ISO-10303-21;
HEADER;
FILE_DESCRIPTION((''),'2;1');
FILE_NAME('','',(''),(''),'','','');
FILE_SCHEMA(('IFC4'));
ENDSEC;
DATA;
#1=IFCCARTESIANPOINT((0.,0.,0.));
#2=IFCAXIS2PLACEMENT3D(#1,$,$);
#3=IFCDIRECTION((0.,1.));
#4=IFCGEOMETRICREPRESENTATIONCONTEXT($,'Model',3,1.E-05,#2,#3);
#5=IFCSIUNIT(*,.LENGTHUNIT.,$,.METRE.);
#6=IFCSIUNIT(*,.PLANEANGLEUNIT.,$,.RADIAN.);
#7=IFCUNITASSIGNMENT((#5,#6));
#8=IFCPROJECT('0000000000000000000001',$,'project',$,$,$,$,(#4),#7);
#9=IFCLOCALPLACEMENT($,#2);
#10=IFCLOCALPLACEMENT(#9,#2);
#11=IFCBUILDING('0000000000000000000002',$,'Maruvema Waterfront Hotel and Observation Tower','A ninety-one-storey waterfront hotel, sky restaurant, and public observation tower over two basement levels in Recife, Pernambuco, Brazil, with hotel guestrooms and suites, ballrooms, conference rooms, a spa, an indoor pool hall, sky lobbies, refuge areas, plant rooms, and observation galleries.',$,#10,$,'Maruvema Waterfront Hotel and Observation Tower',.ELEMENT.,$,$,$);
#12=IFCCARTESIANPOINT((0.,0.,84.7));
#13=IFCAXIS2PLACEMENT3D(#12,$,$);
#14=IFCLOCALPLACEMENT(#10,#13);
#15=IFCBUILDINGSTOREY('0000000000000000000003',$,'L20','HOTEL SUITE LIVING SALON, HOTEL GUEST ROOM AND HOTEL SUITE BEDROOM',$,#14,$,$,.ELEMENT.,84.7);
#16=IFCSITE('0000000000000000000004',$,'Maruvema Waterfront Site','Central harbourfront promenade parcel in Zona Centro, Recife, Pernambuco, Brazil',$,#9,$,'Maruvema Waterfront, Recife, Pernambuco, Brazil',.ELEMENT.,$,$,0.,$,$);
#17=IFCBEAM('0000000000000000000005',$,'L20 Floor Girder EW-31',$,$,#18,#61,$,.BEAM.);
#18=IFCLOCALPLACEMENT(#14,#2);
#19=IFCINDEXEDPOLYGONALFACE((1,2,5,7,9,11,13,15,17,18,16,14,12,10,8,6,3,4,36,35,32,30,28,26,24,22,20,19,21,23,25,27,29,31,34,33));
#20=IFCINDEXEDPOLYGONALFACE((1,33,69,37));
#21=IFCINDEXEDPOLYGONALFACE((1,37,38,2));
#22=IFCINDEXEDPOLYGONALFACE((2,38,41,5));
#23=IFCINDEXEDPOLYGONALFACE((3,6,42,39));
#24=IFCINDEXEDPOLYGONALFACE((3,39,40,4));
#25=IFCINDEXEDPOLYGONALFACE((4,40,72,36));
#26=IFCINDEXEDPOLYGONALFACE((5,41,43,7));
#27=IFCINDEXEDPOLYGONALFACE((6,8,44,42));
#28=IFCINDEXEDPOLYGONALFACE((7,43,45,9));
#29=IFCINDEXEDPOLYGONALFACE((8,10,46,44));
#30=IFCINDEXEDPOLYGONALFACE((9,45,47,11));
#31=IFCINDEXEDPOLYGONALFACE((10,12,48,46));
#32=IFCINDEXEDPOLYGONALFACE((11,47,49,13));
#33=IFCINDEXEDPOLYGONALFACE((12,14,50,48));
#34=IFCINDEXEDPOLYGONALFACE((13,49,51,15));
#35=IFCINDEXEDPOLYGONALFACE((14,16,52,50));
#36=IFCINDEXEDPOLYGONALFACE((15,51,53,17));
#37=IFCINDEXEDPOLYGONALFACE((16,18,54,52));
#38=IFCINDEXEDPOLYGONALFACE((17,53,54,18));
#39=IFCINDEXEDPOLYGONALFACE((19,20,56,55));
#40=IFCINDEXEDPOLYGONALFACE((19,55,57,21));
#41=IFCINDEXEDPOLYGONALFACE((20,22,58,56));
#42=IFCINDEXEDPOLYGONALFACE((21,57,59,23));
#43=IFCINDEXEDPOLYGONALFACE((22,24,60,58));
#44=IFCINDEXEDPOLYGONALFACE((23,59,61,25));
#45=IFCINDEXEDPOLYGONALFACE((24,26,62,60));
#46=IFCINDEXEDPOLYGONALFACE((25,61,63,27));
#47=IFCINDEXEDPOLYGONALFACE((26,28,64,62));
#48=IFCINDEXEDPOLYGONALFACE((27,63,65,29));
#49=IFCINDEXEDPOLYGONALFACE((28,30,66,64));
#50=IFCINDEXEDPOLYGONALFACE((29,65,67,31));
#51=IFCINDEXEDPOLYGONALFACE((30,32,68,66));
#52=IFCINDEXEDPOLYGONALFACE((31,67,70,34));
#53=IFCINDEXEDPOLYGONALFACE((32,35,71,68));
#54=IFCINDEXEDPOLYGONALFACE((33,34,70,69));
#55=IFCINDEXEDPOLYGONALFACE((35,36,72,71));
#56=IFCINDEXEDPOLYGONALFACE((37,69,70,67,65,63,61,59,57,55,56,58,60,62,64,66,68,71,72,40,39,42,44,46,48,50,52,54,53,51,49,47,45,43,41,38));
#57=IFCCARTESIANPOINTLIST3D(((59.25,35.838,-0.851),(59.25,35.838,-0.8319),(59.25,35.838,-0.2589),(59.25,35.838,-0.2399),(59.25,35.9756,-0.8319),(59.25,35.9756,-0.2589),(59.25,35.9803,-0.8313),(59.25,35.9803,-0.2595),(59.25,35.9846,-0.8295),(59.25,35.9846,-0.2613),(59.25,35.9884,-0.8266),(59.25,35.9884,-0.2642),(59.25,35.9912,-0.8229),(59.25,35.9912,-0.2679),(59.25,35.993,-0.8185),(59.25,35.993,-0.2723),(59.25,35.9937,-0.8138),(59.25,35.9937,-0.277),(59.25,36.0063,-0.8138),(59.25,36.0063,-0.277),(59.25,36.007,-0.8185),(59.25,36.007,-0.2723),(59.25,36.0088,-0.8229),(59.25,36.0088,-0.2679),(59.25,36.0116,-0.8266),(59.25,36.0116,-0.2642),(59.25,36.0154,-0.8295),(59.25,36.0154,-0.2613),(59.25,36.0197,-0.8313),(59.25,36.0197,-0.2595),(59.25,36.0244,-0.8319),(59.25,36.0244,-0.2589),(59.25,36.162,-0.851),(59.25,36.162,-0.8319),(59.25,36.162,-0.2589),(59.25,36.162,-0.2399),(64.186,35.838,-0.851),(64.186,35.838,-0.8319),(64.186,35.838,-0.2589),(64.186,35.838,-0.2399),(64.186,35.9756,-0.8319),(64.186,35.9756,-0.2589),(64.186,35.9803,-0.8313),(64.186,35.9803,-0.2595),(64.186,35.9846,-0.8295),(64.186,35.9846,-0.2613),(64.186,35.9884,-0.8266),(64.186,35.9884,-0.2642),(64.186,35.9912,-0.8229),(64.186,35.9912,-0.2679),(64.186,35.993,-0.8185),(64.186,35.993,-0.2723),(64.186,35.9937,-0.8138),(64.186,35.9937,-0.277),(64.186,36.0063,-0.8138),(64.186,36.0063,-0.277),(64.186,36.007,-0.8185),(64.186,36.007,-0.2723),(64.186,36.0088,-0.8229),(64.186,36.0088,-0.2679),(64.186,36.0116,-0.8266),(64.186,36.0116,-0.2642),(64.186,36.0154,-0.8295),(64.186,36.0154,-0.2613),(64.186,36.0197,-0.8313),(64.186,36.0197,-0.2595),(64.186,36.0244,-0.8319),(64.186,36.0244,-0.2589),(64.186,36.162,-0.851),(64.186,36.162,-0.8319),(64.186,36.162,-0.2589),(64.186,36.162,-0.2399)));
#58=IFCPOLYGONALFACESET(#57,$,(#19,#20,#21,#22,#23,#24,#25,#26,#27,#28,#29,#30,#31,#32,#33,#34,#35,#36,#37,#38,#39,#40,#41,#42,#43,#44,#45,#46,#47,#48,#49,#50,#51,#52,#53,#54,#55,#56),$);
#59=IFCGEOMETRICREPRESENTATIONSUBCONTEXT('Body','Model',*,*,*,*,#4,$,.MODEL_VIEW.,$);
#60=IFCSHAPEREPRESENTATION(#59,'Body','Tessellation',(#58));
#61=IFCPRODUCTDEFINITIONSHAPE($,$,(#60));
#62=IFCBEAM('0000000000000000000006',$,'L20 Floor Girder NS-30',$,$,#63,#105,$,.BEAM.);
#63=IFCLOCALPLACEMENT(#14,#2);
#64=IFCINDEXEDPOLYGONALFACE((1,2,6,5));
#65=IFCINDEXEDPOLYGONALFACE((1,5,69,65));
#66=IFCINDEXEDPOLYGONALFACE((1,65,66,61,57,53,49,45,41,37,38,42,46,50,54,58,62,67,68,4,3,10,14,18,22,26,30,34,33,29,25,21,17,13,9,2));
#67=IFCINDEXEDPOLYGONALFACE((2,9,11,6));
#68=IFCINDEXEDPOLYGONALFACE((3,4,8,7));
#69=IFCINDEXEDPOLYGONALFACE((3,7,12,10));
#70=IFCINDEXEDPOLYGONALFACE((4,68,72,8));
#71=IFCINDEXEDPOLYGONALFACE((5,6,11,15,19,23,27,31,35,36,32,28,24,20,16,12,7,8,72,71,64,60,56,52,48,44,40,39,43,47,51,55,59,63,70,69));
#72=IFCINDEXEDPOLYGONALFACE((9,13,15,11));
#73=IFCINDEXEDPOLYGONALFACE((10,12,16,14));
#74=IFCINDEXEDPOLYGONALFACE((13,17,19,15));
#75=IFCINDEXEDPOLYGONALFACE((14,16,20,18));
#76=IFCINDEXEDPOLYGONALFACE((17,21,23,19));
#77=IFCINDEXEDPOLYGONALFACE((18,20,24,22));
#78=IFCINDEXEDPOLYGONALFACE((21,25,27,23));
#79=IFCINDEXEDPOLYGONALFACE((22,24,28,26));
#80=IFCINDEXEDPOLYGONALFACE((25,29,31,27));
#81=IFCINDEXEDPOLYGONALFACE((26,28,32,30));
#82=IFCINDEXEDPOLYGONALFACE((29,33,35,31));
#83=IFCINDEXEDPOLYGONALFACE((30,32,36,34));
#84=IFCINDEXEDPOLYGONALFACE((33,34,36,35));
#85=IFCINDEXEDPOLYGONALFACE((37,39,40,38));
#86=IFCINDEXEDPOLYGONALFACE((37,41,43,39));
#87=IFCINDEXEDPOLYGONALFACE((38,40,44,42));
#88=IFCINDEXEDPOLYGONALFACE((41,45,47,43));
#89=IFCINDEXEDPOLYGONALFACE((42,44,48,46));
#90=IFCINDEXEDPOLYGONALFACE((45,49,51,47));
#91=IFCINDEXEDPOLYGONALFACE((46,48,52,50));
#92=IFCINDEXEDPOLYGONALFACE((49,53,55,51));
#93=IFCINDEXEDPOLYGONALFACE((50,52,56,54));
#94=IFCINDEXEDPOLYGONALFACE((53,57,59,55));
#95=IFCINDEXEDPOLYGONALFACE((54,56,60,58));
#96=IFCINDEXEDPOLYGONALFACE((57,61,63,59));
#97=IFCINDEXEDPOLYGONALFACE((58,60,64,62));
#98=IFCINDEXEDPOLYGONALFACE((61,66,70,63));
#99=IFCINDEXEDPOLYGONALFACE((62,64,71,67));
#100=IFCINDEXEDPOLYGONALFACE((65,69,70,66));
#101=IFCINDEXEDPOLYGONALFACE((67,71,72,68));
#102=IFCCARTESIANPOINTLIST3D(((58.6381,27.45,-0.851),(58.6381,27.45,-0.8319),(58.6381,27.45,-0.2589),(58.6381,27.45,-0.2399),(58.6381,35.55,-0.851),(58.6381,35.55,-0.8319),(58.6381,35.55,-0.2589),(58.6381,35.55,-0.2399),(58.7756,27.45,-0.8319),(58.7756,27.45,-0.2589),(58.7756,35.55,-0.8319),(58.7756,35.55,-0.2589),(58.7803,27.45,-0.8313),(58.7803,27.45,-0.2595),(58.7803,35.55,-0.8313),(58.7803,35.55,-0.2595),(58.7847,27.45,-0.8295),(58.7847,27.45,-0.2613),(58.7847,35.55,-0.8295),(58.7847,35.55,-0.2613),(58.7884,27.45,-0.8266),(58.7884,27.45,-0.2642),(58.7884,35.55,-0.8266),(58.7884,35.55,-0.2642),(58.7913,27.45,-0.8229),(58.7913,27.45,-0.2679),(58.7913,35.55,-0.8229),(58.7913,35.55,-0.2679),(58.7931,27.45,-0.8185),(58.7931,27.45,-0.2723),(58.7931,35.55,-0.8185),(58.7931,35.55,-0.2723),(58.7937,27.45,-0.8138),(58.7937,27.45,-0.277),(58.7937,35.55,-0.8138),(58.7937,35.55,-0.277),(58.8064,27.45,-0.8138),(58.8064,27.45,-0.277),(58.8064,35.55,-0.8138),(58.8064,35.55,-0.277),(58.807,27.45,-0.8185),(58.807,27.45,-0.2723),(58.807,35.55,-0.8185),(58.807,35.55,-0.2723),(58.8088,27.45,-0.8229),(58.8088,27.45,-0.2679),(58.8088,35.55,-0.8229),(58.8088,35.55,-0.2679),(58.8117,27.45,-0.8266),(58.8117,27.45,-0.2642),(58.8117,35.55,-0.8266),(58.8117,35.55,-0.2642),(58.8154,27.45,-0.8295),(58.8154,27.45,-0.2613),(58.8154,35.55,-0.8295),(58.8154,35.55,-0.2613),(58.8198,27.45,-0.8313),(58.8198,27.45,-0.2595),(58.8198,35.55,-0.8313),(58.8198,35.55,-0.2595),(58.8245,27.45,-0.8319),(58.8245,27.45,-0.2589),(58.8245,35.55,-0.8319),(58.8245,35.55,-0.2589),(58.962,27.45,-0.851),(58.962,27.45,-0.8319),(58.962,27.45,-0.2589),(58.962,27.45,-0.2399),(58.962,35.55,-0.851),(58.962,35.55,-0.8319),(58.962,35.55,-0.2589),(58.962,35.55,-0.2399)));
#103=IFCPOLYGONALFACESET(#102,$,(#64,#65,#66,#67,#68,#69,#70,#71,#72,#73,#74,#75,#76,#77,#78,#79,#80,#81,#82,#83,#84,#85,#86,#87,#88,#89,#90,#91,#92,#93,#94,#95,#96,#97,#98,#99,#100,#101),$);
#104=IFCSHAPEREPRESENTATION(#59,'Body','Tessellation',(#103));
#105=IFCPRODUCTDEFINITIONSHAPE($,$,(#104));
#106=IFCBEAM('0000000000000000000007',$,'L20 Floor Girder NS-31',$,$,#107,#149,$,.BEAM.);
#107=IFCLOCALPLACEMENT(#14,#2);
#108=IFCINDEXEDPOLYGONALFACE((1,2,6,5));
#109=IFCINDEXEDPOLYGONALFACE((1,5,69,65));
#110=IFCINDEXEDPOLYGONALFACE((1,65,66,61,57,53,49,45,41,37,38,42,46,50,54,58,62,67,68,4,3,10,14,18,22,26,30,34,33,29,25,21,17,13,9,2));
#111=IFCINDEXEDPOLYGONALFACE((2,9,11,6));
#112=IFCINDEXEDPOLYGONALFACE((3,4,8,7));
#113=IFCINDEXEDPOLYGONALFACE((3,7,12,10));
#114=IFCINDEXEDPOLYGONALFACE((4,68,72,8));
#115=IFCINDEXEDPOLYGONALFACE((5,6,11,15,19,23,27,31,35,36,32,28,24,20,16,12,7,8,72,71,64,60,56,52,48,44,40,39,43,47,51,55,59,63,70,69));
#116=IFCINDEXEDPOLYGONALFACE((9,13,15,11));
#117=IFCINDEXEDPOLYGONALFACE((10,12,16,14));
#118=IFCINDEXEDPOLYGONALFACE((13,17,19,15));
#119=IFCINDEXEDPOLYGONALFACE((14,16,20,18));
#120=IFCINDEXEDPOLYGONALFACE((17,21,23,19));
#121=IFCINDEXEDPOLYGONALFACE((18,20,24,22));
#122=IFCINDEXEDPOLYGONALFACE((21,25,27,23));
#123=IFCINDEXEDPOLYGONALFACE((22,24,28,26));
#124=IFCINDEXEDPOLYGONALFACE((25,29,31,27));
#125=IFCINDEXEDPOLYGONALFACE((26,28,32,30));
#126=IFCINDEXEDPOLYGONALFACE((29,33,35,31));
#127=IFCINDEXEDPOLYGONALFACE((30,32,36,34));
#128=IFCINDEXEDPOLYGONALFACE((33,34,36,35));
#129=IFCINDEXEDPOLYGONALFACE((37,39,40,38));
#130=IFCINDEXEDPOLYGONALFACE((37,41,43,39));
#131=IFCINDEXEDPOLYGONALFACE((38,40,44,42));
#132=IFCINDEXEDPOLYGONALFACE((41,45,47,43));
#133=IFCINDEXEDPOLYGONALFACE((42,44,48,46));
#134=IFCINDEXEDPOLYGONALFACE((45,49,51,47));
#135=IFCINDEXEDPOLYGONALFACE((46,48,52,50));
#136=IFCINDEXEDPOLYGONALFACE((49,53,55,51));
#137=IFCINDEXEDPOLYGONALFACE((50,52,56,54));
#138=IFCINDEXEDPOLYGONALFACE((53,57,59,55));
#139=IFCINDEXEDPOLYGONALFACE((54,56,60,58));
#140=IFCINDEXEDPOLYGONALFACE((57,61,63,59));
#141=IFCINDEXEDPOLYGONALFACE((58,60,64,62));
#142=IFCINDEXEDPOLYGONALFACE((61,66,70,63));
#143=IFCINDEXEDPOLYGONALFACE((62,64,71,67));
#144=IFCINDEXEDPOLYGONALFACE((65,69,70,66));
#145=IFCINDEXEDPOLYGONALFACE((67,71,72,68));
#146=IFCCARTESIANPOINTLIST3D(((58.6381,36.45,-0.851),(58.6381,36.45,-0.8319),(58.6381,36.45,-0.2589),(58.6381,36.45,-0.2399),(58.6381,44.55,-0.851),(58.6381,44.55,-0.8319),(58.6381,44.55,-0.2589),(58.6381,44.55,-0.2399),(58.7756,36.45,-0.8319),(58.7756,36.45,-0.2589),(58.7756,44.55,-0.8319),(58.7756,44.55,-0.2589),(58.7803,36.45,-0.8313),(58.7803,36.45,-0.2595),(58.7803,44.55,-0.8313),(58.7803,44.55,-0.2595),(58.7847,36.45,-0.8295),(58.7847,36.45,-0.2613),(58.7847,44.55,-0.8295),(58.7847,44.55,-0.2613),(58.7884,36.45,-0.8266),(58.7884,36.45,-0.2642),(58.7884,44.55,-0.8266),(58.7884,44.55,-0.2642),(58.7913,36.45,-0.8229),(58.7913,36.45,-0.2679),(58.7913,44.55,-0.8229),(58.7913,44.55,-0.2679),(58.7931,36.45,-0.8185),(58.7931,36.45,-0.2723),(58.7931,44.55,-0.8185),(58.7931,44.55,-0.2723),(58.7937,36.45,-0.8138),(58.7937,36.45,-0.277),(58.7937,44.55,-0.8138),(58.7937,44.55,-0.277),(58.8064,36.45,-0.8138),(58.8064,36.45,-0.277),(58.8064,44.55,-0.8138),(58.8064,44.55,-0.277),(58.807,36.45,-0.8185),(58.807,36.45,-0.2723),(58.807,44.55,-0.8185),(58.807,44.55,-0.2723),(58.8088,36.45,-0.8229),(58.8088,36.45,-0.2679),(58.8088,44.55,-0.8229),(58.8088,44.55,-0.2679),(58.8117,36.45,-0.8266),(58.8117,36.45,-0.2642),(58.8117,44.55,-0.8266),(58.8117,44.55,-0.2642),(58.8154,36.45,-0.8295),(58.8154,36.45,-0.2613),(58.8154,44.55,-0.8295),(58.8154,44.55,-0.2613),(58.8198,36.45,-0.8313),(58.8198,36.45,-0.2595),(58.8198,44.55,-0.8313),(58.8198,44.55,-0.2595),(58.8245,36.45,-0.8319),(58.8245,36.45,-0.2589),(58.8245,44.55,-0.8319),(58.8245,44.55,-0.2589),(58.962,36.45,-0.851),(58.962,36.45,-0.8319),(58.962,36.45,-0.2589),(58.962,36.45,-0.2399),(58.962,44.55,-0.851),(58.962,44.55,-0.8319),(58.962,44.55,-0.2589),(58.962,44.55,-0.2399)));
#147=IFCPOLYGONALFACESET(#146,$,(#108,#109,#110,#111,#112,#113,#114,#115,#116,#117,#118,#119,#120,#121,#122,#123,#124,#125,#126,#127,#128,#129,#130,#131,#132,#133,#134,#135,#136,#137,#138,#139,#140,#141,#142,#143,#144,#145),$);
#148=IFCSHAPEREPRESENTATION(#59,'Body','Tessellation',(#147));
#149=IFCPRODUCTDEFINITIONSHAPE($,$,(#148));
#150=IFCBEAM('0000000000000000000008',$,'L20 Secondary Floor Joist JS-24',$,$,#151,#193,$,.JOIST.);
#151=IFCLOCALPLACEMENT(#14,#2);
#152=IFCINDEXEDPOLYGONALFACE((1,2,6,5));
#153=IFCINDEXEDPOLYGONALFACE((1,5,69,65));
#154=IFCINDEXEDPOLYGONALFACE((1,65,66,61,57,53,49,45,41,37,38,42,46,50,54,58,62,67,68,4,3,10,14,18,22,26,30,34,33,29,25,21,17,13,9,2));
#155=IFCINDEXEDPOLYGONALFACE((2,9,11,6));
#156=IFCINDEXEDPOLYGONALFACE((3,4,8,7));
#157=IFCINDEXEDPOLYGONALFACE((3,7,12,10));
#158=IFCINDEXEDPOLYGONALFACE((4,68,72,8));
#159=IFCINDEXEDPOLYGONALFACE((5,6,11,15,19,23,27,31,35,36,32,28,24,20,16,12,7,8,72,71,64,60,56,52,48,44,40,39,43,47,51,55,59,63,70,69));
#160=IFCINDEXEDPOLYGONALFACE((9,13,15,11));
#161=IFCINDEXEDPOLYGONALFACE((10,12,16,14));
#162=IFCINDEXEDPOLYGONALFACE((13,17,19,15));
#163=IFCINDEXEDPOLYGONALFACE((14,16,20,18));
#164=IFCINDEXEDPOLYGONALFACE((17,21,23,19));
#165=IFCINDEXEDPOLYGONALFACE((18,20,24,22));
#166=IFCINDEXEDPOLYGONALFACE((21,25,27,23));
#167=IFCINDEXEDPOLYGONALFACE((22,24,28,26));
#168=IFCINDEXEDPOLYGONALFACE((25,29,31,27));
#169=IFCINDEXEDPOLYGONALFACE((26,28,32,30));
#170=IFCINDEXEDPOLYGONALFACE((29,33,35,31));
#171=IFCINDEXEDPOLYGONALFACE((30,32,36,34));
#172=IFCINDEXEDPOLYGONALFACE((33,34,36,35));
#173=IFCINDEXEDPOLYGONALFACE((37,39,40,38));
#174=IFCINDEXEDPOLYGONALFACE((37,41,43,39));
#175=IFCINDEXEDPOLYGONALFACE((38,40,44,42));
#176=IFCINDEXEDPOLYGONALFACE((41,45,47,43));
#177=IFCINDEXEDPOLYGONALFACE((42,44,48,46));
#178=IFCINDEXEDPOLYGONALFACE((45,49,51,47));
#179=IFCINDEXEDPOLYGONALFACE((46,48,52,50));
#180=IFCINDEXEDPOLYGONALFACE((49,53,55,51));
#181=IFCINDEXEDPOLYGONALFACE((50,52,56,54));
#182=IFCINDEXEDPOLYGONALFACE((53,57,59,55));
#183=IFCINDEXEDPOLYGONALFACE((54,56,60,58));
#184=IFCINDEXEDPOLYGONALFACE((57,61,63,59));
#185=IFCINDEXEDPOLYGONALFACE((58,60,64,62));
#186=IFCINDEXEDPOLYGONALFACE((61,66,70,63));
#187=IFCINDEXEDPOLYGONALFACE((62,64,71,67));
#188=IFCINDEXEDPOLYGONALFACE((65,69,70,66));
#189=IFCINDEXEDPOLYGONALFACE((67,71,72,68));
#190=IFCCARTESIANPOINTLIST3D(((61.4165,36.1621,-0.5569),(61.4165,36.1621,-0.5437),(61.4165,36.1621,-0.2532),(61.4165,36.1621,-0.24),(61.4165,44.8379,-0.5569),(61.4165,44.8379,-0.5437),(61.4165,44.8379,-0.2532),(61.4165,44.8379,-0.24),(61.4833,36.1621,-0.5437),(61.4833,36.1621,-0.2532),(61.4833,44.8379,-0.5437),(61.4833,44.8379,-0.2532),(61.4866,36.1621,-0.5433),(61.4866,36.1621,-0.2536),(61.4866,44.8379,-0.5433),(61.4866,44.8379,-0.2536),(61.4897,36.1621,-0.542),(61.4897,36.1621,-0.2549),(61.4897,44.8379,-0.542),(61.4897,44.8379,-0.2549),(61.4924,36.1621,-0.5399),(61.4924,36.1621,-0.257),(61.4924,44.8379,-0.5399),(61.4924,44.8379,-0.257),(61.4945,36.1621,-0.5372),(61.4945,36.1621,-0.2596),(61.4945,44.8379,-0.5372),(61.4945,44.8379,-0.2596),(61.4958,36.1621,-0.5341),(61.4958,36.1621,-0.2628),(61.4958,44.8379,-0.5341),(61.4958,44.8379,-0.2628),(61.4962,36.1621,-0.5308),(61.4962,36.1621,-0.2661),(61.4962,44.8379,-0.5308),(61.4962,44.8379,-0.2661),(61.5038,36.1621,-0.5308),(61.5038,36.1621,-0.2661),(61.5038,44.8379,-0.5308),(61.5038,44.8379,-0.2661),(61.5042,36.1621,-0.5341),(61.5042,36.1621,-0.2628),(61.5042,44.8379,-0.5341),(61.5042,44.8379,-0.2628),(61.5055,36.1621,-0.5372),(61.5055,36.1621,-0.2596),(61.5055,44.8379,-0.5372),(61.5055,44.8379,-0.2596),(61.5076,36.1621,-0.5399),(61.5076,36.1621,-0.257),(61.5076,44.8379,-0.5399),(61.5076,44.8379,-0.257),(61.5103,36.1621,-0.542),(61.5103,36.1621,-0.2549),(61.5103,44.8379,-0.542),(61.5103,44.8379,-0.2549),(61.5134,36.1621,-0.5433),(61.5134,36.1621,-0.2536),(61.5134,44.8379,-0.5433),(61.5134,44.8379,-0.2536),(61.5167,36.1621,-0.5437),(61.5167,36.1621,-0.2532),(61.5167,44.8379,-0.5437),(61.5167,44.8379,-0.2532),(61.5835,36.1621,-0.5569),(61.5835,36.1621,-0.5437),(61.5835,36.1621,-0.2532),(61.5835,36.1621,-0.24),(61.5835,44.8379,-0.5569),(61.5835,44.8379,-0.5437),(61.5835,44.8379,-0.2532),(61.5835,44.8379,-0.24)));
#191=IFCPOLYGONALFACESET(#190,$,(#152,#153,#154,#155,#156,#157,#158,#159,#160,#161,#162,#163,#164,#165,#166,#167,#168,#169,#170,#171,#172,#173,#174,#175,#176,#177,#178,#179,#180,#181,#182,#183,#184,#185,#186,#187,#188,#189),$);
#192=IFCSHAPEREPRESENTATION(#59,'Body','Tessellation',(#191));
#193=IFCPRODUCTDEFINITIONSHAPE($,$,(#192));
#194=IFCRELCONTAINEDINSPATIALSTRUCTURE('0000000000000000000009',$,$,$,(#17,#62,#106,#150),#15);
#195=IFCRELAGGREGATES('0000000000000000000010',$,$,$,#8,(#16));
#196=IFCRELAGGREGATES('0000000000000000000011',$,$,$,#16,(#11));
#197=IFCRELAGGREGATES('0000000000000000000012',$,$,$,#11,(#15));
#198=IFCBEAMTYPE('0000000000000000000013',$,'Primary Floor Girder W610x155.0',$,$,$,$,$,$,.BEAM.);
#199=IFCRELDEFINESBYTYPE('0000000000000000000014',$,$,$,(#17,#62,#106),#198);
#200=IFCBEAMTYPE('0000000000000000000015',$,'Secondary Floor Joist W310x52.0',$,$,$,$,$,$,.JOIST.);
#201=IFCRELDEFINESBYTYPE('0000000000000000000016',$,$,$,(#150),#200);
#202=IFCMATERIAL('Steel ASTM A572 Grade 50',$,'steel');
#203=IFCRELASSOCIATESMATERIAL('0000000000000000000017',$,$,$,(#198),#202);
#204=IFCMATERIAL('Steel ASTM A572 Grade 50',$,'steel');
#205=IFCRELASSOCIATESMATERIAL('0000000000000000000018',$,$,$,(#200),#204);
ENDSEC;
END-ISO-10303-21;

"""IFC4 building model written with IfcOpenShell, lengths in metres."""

from ifc_helpers import new_model, si_unit, direction, frame, origin, origin_2d, place, context, subcontext, project, spatial, i_section, extrude, material, material_profile, profile_set, type_object, element, save


model = new_model("IFC4")

# Units and contexts
model_context = context("Model", 3, precision=1e-05, world=origin(), true_north=direction((0.0, 1.0)))
body_context = subcontext(model_context, "Body", "Model", "MODEL_VIEW")
ifc_project = project(units=[si_unit("LENGTHUNIT", "METRE"), si_unit("PLANEANGLEUNIT", "RADIAN")], contexts=[model_context])

# Site, building, storey
site_placement = place(None, origin())
site = spatial("IfcSite", under=ifc_project, at=site_placement, Name="Maruvema Waterfront Site", Description="Central harbourfront promenade parcel in Zona Centro, Recife, Pernambuco, Brazil", LongName="Maruvema Waterfront, Recife, Pernambuco, Brazil", CompositionType="ELEMENT", RefElevation=0.0)
building_placement = place(site_placement, origin())
building = spatial("IfcBuilding", under=site, at=building_placement, Name="Maruvema Waterfront Hotel and Observation Tower", Description="A ninety-one-storey waterfront hotel, sky restaurant, and public observation tower over two basement levels in Recife, Pernambuco, Brazil, with hotel guestrooms and suites, ballrooms, conference rooms, a spa, an indoor pool hall, sky lobbies, refuge areas, plant rooms, and observation galleries.", LongName="Maruvema Waterfront Hotel and Observation Tower", CompositionType="ELEMENT")
storey_placement = place(building_placement, frame((0.0, 0.0, 84.7)))
storey = spatial("IfcBuildingStorey", under=building, at=storey_placement, Name="L20", Description="HOTEL SUITE LIVING SALON, HOTEL GUEST ROOM AND HOTEL SUITE BEDROOM", CompositionType="ELEMENT", Elevation=84.7)

# Beams
ifc_material_1 = material(Name="Steel ASTM A572 Grade 50", Category="steel")
ifc_material_profile_1 = material_profile(ifc_material_1, i_section(OverallWidth=0.324, OverallDepth=0.6111, WebThickness=0.0127, FlangeThickness=0.019, FilletRadius=0.0181, at=origin_2d()), Name="W610x155.0")
ifc_profile_set_1 = profile_set([ifc_material_profile_1], Name="Steel ASTM A572 Grade 50")
beam_type_1 = type_object("IfcBeamType", Name="Primary Floor Girder W610x155.0", PredefinedType="BEAM", material=ifc_profile_set_1)
beam_1_placement = place(storey_placement, frame((59.25, 36.0, -0.5454), z_axis=(1.0, 0.0, 0.0), x_axis=(0.0, 1.0, 0.0)))
element("IfcBeam", 1, at=beam_1_placement, inside=storey, type_object=beam_type_1, Name="L20 Floor Girder EW-31", PredefinedType="BEAM", context=body_context, shape_type="SweptSolid", body=[
    extrude(i_section(OverallWidth=0.324, OverallDepth=0.6111, WebThickness=0.0127, FlangeThickness=0.019, FilletRadius=0.0181, at=origin_2d()), origin(), (0.0, 0.0, 1.0), 4.936),
])
for number, where, z_axis, x_axis, name in (
    (2, (58.8, 27.45, -0.5454), (0.0, 1.0, 0.0), (-1.0, 0.0, 0.0), "L20 Floor Girder NS-30"),
    (3, (58.8, 36.45, -0.5454), (0.0, 1.0, 0.0), (-1.0, 0.0, 0.0), "L20 Floor Girder NS-31"),
):
    element("IfcBeam", number, at=place(storey_placement, frame(where, z_axis=z_axis, x_axis=x_axis)), inside=storey, type_object=beam_type_1, Name=name, PredefinedType="BEAM", context=body_context, shape_type="SweptSolid", body=[
        extrude(i_section(OverallWidth=0.324, OverallDepth=0.6111, WebThickness=0.0127, FlangeThickness=0.019, FilletRadius=0.0181, at=origin_2d()), origin(), (0.0, 0.0, 1.0), 8.1001),
    ])
ifc_material_2 = material(Name="Steel ASTM A572 Grade 50", Category="steel")
ifc_material_profile_2 = material_profile(ifc_material_2, i_section(OverallWidth=0.167, OverallDepth=0.3169, WebThickness=0.0076, FlangeThickness=0.0132, FilletRadius=0.0129, at=origin_2d()), Name="W310x52.0")
ifc_profile_set_2 = profile_set([ifc_material_profile_2], Name="Steel ASTM A572 Grade 50")
beam_type_2 = type_object("IfcBeamType", Name="Secondary Floor Joist W310x52.0", PredefinedType="JOIST", material=ifc_profile_set_2)
beam_2_placement = place(storey_placement, frame((61.5, 36.1621, -0.3984), z_axis=(0.0, 1.0, 0.0), x_axis=(-1.0, 0.0, 0.0)))
element("IfcBeam", 4, at=beam_2_placement, inside=storey, type_object=beam_type_2, Name="L20 Secondary Floor Joist JS-24", PredefinedType="JOIST", context=body_context, shape_type="SweptSolid", body=[
    extrude(i_section(OverallWidth=0.167, OverallDepth=0.3169, WebThickness=0.0076, FlangeThickness=0.0132, FilletRadius=0.0129, at=origin_2d()), origin(), (0.0, 0.0, 1.0), 8.6758),
])

save(model, "model.ifc")
